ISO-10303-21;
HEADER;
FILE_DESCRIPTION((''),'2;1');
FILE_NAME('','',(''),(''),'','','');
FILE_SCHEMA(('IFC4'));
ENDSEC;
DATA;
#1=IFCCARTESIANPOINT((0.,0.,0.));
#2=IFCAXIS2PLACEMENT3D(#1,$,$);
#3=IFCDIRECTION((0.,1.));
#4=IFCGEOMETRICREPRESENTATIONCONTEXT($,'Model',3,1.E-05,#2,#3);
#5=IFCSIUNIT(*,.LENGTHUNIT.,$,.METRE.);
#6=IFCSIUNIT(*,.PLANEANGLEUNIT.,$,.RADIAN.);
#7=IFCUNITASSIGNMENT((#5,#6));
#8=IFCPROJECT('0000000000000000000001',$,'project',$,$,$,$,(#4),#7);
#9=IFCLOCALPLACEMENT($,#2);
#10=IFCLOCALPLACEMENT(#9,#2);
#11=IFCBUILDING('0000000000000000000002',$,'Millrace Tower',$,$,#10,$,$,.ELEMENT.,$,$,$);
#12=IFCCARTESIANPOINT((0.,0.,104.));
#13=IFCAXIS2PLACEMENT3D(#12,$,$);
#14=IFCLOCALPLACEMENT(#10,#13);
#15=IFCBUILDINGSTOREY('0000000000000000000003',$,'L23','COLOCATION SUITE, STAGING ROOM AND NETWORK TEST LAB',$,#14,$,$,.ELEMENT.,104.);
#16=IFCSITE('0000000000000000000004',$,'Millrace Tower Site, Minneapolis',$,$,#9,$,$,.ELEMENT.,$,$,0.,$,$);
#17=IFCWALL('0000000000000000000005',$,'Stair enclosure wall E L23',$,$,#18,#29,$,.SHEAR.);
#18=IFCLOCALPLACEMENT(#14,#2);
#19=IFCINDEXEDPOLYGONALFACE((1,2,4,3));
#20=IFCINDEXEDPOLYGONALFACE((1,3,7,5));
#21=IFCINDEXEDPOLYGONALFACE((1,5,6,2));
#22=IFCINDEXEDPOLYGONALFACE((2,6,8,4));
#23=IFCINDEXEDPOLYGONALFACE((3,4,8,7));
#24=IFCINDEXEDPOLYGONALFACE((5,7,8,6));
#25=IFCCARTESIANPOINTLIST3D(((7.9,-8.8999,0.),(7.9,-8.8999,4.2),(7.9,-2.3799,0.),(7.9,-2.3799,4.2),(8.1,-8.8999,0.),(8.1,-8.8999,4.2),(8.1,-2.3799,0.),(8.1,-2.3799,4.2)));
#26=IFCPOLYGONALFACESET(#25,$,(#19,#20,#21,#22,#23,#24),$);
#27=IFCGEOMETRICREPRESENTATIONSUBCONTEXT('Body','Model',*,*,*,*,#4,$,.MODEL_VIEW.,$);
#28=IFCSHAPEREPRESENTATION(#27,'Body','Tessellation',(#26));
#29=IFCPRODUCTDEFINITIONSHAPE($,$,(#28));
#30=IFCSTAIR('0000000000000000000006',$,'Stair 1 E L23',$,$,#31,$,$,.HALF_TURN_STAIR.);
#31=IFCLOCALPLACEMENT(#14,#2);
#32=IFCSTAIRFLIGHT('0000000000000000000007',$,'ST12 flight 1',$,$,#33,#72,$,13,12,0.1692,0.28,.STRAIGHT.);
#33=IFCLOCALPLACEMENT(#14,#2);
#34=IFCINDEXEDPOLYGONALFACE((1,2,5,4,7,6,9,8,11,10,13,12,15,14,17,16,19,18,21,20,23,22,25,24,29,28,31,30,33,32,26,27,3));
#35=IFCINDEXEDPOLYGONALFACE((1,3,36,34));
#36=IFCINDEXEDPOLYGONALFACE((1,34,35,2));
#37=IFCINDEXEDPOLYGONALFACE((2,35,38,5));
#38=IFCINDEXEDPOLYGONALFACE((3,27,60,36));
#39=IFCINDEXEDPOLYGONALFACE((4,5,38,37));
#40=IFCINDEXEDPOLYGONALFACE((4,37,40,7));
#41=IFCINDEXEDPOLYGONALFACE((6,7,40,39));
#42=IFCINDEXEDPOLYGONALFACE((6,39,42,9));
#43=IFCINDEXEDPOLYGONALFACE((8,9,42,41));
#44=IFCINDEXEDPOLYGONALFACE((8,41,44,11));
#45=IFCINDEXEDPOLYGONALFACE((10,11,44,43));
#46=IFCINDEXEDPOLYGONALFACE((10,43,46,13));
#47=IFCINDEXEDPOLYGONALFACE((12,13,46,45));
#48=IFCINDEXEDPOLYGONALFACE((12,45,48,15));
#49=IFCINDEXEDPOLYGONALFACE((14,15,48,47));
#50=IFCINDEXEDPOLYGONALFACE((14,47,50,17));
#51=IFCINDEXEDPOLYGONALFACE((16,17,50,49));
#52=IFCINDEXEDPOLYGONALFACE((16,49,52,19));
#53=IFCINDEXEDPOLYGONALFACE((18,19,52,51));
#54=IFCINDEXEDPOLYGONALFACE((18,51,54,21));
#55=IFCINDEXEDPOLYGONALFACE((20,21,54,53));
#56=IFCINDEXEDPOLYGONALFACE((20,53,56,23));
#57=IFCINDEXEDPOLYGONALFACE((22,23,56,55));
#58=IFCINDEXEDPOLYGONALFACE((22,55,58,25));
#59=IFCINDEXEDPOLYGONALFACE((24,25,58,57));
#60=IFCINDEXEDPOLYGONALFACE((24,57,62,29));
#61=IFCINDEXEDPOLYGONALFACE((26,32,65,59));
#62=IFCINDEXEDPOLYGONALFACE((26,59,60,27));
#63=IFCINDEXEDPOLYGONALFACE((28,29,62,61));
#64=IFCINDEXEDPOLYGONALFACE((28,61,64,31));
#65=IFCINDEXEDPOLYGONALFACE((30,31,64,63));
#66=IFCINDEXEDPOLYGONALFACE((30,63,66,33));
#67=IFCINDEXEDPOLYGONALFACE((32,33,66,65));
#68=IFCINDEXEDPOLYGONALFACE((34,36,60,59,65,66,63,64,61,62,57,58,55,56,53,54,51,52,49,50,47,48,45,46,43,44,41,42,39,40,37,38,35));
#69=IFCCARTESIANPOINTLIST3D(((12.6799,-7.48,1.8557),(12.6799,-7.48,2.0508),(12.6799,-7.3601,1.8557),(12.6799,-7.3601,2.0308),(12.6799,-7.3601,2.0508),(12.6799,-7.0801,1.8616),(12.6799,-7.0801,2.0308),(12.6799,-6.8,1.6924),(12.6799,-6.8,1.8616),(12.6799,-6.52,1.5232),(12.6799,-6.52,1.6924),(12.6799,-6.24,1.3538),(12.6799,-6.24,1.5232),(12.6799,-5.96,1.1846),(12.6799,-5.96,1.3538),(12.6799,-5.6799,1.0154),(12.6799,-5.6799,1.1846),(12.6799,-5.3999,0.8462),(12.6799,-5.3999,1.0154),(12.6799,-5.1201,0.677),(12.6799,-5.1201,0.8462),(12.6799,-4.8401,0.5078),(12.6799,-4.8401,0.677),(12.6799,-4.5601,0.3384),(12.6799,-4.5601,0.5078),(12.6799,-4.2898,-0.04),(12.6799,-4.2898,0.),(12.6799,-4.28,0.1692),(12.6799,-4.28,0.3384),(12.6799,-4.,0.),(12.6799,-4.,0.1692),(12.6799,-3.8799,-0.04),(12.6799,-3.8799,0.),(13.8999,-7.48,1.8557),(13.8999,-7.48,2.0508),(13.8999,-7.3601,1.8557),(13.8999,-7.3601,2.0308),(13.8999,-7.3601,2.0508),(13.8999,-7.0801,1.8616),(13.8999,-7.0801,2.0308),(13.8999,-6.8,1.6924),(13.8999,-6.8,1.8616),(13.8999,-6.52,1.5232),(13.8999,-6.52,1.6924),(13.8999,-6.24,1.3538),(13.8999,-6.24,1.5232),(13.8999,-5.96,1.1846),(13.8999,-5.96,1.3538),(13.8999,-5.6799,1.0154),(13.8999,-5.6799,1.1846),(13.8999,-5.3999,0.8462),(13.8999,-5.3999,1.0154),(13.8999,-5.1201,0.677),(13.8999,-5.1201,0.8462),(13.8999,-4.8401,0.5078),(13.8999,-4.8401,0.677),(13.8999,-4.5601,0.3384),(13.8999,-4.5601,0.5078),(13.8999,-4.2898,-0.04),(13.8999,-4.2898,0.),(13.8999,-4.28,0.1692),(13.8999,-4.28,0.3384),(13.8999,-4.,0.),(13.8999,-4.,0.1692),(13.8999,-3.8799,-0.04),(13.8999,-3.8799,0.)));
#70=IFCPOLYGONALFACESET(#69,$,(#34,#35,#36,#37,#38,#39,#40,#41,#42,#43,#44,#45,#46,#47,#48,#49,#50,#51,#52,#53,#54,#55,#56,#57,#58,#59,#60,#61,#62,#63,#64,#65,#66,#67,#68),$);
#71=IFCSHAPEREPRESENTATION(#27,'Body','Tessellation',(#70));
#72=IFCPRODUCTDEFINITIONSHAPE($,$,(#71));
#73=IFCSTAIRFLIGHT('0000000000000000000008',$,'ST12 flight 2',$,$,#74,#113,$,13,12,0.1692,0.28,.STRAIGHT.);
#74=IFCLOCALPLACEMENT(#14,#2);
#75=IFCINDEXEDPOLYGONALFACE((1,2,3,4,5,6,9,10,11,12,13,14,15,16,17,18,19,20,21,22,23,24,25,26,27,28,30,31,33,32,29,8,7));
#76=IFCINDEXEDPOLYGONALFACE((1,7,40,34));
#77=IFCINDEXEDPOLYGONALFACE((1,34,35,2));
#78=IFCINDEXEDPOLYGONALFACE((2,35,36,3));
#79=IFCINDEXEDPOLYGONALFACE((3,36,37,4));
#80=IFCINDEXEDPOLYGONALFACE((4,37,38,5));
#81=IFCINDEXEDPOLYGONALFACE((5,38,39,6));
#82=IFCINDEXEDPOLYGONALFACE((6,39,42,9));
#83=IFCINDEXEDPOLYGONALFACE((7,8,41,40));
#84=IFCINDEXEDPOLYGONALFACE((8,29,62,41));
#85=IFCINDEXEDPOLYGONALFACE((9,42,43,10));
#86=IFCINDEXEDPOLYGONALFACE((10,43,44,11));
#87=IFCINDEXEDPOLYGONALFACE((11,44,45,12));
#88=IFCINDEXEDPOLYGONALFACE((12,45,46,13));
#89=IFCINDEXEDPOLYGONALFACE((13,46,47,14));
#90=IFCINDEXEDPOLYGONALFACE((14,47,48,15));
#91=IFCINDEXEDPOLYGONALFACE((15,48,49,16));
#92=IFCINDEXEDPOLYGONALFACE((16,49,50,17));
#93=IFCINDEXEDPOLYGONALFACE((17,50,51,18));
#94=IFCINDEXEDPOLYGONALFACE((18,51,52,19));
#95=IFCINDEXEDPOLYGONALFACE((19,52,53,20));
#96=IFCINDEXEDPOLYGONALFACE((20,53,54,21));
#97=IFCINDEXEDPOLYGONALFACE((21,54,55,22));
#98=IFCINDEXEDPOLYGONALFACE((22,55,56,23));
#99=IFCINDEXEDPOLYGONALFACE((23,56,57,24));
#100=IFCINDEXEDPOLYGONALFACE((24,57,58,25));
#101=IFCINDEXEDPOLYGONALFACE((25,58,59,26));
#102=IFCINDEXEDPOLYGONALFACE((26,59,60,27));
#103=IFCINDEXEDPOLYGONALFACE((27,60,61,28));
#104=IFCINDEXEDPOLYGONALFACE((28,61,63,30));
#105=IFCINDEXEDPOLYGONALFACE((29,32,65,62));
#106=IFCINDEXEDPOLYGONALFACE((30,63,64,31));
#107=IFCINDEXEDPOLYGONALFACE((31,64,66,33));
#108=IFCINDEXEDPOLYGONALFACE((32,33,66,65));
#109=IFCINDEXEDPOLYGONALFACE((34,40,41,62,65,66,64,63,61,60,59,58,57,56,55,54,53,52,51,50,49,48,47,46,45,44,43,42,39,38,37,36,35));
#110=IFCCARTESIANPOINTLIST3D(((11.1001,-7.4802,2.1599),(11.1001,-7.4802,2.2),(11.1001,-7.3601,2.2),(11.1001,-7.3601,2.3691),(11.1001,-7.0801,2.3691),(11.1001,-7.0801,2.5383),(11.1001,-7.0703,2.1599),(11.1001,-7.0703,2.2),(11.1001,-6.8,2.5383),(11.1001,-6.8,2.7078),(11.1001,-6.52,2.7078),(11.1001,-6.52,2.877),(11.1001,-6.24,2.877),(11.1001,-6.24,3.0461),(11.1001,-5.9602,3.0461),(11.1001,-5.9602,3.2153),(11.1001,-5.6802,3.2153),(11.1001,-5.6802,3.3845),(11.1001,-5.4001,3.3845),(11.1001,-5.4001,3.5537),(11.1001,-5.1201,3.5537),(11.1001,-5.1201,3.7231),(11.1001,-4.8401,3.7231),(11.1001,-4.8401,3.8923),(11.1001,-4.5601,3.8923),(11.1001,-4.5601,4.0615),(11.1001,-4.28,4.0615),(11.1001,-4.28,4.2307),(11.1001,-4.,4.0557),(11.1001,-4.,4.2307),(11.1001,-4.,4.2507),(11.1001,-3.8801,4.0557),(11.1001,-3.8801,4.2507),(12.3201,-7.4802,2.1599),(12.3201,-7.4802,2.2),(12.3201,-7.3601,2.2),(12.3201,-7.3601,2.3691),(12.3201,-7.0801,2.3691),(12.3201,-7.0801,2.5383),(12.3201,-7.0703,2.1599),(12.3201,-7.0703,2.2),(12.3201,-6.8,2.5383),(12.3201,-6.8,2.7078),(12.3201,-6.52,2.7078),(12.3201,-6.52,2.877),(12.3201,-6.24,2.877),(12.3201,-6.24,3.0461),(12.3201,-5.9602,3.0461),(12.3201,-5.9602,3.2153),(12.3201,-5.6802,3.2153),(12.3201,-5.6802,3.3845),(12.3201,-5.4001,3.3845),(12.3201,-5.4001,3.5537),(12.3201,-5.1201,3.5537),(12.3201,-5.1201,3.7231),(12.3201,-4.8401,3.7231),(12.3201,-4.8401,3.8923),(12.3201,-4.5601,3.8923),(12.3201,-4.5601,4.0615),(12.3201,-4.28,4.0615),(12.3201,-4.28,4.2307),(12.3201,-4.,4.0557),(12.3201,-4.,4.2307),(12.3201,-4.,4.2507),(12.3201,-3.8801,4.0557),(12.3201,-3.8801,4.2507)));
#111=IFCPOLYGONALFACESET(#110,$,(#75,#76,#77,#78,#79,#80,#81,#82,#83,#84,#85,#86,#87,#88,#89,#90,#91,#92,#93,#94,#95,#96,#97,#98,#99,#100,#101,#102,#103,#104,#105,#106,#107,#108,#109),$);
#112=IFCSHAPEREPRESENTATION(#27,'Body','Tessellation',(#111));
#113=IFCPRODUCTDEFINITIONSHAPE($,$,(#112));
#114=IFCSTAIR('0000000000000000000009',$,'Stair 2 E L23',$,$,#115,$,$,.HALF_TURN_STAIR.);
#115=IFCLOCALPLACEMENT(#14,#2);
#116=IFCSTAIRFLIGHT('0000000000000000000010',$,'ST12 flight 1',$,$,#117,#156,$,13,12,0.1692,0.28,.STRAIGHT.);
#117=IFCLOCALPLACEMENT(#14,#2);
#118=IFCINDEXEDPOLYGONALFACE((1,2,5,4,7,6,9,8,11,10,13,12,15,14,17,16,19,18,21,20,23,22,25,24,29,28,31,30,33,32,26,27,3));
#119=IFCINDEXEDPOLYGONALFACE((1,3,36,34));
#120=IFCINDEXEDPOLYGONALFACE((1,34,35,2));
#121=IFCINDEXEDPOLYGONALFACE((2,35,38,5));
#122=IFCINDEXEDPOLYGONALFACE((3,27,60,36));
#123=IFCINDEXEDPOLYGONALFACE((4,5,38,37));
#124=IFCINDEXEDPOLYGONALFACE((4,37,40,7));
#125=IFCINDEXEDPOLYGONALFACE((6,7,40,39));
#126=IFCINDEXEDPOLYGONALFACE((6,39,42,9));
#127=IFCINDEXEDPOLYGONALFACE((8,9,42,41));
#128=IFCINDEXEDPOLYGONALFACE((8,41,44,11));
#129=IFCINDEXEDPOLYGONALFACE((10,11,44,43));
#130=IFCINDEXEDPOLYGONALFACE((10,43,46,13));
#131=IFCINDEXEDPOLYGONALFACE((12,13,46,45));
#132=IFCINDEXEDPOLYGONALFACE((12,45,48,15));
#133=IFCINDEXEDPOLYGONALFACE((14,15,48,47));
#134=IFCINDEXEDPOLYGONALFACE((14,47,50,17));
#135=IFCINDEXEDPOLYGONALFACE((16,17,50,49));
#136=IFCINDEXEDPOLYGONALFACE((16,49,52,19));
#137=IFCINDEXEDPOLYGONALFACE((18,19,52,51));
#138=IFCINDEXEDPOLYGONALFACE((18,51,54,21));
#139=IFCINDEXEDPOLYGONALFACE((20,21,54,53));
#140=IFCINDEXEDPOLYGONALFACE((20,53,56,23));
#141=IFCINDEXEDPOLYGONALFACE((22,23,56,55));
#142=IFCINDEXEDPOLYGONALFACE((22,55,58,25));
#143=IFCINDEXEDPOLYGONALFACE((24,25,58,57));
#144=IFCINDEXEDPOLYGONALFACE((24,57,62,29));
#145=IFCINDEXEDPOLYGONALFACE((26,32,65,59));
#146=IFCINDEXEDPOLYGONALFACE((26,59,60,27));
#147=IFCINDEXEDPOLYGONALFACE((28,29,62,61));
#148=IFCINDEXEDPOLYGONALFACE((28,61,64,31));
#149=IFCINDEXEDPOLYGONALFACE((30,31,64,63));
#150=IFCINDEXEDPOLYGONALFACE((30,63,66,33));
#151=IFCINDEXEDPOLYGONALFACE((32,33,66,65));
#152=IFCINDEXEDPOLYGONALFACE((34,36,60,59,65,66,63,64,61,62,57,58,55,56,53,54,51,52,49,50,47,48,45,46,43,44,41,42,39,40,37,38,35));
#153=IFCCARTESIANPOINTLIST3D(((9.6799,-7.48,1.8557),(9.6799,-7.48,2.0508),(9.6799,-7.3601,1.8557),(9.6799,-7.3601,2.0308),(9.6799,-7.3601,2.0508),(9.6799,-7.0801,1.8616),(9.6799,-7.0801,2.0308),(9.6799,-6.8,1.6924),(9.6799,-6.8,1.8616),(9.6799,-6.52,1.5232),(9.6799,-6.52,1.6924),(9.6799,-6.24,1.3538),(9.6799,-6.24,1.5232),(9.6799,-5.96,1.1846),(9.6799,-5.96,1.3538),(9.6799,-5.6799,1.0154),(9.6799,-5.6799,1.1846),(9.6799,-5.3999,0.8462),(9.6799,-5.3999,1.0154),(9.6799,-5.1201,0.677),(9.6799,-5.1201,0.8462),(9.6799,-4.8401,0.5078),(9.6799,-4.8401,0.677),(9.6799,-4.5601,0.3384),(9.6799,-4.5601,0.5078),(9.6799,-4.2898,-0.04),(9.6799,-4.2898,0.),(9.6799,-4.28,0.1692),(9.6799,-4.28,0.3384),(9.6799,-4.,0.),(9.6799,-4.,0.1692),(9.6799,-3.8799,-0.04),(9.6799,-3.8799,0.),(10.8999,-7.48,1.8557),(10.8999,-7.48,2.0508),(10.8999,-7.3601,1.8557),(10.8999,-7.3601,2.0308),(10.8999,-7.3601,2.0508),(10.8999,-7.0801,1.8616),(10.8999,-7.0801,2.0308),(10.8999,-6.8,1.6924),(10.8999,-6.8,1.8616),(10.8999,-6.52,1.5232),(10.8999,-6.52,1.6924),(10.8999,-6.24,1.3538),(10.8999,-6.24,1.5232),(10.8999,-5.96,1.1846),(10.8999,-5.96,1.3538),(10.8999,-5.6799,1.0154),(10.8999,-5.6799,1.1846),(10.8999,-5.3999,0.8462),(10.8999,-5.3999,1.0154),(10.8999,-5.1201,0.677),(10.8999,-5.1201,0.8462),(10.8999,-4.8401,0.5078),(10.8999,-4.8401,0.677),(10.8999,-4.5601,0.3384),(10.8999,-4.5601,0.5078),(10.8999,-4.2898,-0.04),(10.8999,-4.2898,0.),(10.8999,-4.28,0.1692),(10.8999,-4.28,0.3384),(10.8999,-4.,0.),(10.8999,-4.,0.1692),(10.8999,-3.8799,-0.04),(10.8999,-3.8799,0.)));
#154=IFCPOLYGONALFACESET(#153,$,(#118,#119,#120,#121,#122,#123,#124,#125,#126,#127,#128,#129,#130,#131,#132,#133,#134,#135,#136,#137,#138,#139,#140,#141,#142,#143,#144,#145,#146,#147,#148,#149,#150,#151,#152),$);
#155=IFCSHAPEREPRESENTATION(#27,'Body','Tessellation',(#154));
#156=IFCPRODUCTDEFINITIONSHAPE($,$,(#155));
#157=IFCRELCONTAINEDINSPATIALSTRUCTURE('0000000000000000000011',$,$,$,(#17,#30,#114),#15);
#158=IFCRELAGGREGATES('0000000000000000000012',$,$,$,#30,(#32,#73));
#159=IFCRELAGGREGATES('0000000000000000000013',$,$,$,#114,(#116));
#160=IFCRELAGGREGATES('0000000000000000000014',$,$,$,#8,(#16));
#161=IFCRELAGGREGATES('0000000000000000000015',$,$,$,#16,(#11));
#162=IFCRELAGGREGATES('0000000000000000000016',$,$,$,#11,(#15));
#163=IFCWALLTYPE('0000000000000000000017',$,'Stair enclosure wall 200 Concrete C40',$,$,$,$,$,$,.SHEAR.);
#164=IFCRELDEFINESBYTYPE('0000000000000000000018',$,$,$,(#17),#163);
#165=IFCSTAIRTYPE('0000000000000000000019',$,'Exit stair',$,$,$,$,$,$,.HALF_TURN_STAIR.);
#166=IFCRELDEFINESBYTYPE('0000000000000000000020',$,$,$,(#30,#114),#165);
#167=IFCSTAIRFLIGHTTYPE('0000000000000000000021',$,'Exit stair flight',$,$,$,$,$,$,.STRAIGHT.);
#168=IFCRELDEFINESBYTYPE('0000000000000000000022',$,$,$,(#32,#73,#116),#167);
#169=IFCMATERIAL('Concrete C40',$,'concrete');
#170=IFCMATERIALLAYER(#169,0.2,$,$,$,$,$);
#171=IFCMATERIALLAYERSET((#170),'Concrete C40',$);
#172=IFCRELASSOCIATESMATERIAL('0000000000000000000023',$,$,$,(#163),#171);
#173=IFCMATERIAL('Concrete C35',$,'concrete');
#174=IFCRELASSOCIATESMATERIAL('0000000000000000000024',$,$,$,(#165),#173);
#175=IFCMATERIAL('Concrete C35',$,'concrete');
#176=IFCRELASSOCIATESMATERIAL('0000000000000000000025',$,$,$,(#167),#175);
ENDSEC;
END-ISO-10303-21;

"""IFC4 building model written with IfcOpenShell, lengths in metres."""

from ifc_helpers import new_model, si_unit, direction, frame, frame_2d, origin, place, context, subcontext, project, spatial, polyline, rectangle, outline, extrude, material, layer, layer_set, type_object, element, aggregate, save


model = new_model("IFC4")

# Units and contexts
model_context = context("Model", 3, precision=1e-05, world=origin(), true_north=direction((0.0, 1.0)))
body_context = subcontext(model_context, "Body", "Model", "MODEL_VIEW")
ifc_project = project(units=[si_unit("LENGTHUNIT", "METRE"), si_unit("PLANEANGLEUNIT", "RADIAN")], contexts=[model_context])

# Site, building, storey
site_placement = place(None, origin())
site = spatial("IfcSite", under=ifc_project, at=site_placement, Name="Millrace Tower Site, Minneapolis", CompositionType="ELEMENT", RefElevation=0.0)
building_placement = place(site_placement, origin())
building = spatial("IfcBuilding", under=site, at=building_placement, Name="Millrace Tower", CompositionType="ELEMENT")
storey_placement = place(building_placement, frame((0.0, 0.0, 104.0)))
storey = spatial("IfcBuildingStorey", under=building, at=storey_placement, Name="L23", Description="COLOCATION SUITE, STAGING ROOM AND NETWORK TEST LAB", CompositionType="ELEMENT", Elevation=104.0)

# Shared definitions
placement_1 = place(storey_placement, origin())

# Wall
ifc_material_1 = material(Name="Concrete C40", Category="concrete")
ifc_layer_1 = layer(ifc_material_1, 0.2)
ifc_layer_set_1 = layer_set([ifc_layer_1], Name="Concrete C40")
wall_type_1 = type_object("IfcWallType", Name="Stair enclosure wall 200 Concrete C40", PredefinedType="SHEAR", material=ifc_layer_set_1)
for number, where, z_axis, x_axis, name in (
    (1, (8.0, -2.3799, 0.0), (0.0, 0.0, 1.0), (0.0, -1.0, 0.0), "Stair enclosure wall E L23"),
):
    element("IfcWall", number, at=place(storey_placement, frame(where, z_axis=z_axis, x_axis=x_axis)), inside=storey, type_object=wall_type_1, Name=name, PredefinedType="SHEAR", context=body_context, shape_type="SweptSolid", body=[
        extrude(rectangle(XDim=6.52, YDim=0.2, at=frame_2d((3.26, 0.0))), origin(), (0.0, 0.0, 1.0), 4.2),
    ])

# Stairs, stair flights
ifc_material_2 = material(Name="Concrete C35", Category="concrete")
stair_type = type_object("IfcStairType", Name="Exit stair", PredefinedType="HALF_TURN_STAIR", material=ifc_material_2)
stair_1 = element("IfcStair", 2, at=placement_1, inside=storey, type_object=stair_type, Name="Stair 1 E L23", PredefinedType="HALF_TURN_STAIR")
ifc_material_3 = material(Name="Concrete C35", Category="concrete")
stair_flight_type = type_object("IfcStairFlightType", Name="Exit stair flight", PredefinedType="STRAIGHT", material=ifc_material_3)
stair_flight_1_placement = place(storey_placement, frame((13.29, -4.0, 0.0), z_axis=(0.0, 0.0, 1.0), x_axis=(0.0, -1.0, 0.0)))
stair_flight_1 = element("IfcStairFlight", 3, at=stair_flight_1_placement, type_object=stair_flight_type, Name="ST12 flight 1", NumberOfRisers=13, NumberOfTreads=12, PredefinedType="STRAIGHT", RiserHeight=0.1692, TreadLength=0.28, context=body_context, shape_type="SweptSolid", body=[
    extrude(outline(polyline([(-0.1201, -0.04), (-0.1201, 0.0), (0.0, 0.0), (0.0, 0.1692), (0.28, 0.1692), (0.28, 0.3384), (0.5601, 0.3384), (0.5601, 0.5078), (0.8401, 0.5078), (0.8401, 0.677), (1.1201, 0.677), (1.1201, 0.8462), (1.3999, 0.8462), (1.3999, 1.0154), (1.6799, 1.0154), (1.6799, 1.1846), (1.96, 1.1846), (1.96, 1.3538), (2.24, 1.3538), (2.24, 1.5232), (2.52, 1.5232), (2.52, 1.6924), (2.8, 1.6924), (2.8, 1.8616), (3.0801, 1.8616), (3.0801, 2.0308), (3.3601, 2.0308), (3.3601, 2.0508), (3.48, 2.0508), (3.48, 1.8557), (3.3601, 1.8557), (0.2898, 0.0), (0.2898, -0.04), (-0.1201, -0.04)])), frame((0.0, 0.6099, 0.0), z_axis=(0.0, -1.0, 0.0), x_axis=(1.0, 0.0, 0.0)), (0.0, 0.0, 1.0), 1.22),
])
stair_flight_2_placement = place(storey_placement, frame((11.71, -7.3601, 2.2), z_axis=(0.0, 0.0, 1.0), x_axis=(0.0, 1.0, 0.0)))
stair_flight_2 = element("IfcStairFlight", 4, at=stair_flight_2_placement, type_object=stair_flight_type, Name="ST12 flight 2", NumberOfRisers=13, NumberOfTreads=12, PredefinedType="STRAIGHT", RiserHeight=0.1692, TreadLength=0.28, context=body_context, shape_type="SweptSolid", body=[
    extrude(outline(polyline([(-0.1201, -0.04), (-0.1201, 0.0), (0.0, 0.0), (0.0, 0.1692), (0.28, 0.1692), (0.28, 0.3384), (0.5601, 0.3384), (0.5601, 0.5078), (0.8401, 0.5078), (0.8401, 0.677), (1.1201, 0.677), (1.1201, 0.8462), (1.3999, 0.8462), (1.3999, 1.0154), (1.6799, 1.0154), (1.6799, 1.1846), (1.96, 1.1846), (1.96, 1.3538), (2.24, 1.3538), (2.24, 1.5232), (2.52, 1.5232), (2.52, 1.6924), (2.8, 1.6924), (2.8, 1.8616), (3.0801, 1.8616), (3.0801, 2.0308), (3.3601, 2.0308), (3.3601, 2.0508), (3.48, 2.0508), (3.48, 1.8557), (3.3601, 1.8557), (0.2898, 0.0), (0.2898, -0.04), (-0.1201, -0.04)])), frame((0.0, 0.6099, 0.0), z_axis=(0.0, -1.0, 0.0), x_axis=(1.0, 0.0, 0.0)), (0.0, 0.0, 1.0), 1.22),
])
aggregate(stair_1, [stair_flight_1, stair_flight_2])
stair_2 = element("IfcStair", 5, at=placement_1, inside=storey, type_object=stair_type, Name="Stair 2 E L23", PredefinedType="HALF_TURN_STAIR")
stair_flight_3_placement = place(storey_placement, frame((10.29, -4.0, 0.0), z_axis=(0.0, 0.0, 1.0), x_axis=(0.0, -1.0, 0.0)))
stair_flight_3 = element("IfcStairFlight", 6, at=stair_flight_3_placement, type_object=stair_flight_type, Name="ST12 flight 1", NumberOfRisers=13, NumberOfTreads=12, PredefinedType="STRAIGHT", RiserHeight=0.1692, TreadLength=0.28, context=body_context, shape_type="SweptSolid", body=[
    extrude(outline(polyline([(-0.1201, -0.04), (-0.1201, 0.0), (0.0, 0.0), (0.0, 0.1692), (0.28, 0.1692), (0.28, 0.3384), (0.5601, 0.3384), (0.5601, 0.5078), (0.8401, 0.5078), (0.8401, 0.677), (1.1201, 0.677), (1.1201, 0.8462), (1.3999, 0.8462), (1.3999, 1.0154), (1.6799, 1.0154), (1.6799, 1.1846), (1.96, 1.1846), (1.96, 1.3538), (2.24, 1.3538), (2.24, 1.5232), (2.52, 1.5232), (2.52, 1.6924), (2.8, 1.6924), (2.8, 1.8616), (3.0801, 1.8616), (3.0801, 2.0308), (3.3601, 2.0308), (3.3601, 2.0508), (3.48, 2.0508), (3.48, 1.8557), (3.3601, 1.8557), (0.2898, 0.0), (0.2898, -0.04), (-0.1201, -0.04)])), frame((0.0, 0.6099, 0.0), z_axis=(0.0, -1.0, 0.0), x_axis=(1.0, 0.0, 0.0)), (0.0, 0.0, 1.0), 1.22),
])
aggregate(stair_2, [stair_flight_3])

save(model, "model.ifc")
